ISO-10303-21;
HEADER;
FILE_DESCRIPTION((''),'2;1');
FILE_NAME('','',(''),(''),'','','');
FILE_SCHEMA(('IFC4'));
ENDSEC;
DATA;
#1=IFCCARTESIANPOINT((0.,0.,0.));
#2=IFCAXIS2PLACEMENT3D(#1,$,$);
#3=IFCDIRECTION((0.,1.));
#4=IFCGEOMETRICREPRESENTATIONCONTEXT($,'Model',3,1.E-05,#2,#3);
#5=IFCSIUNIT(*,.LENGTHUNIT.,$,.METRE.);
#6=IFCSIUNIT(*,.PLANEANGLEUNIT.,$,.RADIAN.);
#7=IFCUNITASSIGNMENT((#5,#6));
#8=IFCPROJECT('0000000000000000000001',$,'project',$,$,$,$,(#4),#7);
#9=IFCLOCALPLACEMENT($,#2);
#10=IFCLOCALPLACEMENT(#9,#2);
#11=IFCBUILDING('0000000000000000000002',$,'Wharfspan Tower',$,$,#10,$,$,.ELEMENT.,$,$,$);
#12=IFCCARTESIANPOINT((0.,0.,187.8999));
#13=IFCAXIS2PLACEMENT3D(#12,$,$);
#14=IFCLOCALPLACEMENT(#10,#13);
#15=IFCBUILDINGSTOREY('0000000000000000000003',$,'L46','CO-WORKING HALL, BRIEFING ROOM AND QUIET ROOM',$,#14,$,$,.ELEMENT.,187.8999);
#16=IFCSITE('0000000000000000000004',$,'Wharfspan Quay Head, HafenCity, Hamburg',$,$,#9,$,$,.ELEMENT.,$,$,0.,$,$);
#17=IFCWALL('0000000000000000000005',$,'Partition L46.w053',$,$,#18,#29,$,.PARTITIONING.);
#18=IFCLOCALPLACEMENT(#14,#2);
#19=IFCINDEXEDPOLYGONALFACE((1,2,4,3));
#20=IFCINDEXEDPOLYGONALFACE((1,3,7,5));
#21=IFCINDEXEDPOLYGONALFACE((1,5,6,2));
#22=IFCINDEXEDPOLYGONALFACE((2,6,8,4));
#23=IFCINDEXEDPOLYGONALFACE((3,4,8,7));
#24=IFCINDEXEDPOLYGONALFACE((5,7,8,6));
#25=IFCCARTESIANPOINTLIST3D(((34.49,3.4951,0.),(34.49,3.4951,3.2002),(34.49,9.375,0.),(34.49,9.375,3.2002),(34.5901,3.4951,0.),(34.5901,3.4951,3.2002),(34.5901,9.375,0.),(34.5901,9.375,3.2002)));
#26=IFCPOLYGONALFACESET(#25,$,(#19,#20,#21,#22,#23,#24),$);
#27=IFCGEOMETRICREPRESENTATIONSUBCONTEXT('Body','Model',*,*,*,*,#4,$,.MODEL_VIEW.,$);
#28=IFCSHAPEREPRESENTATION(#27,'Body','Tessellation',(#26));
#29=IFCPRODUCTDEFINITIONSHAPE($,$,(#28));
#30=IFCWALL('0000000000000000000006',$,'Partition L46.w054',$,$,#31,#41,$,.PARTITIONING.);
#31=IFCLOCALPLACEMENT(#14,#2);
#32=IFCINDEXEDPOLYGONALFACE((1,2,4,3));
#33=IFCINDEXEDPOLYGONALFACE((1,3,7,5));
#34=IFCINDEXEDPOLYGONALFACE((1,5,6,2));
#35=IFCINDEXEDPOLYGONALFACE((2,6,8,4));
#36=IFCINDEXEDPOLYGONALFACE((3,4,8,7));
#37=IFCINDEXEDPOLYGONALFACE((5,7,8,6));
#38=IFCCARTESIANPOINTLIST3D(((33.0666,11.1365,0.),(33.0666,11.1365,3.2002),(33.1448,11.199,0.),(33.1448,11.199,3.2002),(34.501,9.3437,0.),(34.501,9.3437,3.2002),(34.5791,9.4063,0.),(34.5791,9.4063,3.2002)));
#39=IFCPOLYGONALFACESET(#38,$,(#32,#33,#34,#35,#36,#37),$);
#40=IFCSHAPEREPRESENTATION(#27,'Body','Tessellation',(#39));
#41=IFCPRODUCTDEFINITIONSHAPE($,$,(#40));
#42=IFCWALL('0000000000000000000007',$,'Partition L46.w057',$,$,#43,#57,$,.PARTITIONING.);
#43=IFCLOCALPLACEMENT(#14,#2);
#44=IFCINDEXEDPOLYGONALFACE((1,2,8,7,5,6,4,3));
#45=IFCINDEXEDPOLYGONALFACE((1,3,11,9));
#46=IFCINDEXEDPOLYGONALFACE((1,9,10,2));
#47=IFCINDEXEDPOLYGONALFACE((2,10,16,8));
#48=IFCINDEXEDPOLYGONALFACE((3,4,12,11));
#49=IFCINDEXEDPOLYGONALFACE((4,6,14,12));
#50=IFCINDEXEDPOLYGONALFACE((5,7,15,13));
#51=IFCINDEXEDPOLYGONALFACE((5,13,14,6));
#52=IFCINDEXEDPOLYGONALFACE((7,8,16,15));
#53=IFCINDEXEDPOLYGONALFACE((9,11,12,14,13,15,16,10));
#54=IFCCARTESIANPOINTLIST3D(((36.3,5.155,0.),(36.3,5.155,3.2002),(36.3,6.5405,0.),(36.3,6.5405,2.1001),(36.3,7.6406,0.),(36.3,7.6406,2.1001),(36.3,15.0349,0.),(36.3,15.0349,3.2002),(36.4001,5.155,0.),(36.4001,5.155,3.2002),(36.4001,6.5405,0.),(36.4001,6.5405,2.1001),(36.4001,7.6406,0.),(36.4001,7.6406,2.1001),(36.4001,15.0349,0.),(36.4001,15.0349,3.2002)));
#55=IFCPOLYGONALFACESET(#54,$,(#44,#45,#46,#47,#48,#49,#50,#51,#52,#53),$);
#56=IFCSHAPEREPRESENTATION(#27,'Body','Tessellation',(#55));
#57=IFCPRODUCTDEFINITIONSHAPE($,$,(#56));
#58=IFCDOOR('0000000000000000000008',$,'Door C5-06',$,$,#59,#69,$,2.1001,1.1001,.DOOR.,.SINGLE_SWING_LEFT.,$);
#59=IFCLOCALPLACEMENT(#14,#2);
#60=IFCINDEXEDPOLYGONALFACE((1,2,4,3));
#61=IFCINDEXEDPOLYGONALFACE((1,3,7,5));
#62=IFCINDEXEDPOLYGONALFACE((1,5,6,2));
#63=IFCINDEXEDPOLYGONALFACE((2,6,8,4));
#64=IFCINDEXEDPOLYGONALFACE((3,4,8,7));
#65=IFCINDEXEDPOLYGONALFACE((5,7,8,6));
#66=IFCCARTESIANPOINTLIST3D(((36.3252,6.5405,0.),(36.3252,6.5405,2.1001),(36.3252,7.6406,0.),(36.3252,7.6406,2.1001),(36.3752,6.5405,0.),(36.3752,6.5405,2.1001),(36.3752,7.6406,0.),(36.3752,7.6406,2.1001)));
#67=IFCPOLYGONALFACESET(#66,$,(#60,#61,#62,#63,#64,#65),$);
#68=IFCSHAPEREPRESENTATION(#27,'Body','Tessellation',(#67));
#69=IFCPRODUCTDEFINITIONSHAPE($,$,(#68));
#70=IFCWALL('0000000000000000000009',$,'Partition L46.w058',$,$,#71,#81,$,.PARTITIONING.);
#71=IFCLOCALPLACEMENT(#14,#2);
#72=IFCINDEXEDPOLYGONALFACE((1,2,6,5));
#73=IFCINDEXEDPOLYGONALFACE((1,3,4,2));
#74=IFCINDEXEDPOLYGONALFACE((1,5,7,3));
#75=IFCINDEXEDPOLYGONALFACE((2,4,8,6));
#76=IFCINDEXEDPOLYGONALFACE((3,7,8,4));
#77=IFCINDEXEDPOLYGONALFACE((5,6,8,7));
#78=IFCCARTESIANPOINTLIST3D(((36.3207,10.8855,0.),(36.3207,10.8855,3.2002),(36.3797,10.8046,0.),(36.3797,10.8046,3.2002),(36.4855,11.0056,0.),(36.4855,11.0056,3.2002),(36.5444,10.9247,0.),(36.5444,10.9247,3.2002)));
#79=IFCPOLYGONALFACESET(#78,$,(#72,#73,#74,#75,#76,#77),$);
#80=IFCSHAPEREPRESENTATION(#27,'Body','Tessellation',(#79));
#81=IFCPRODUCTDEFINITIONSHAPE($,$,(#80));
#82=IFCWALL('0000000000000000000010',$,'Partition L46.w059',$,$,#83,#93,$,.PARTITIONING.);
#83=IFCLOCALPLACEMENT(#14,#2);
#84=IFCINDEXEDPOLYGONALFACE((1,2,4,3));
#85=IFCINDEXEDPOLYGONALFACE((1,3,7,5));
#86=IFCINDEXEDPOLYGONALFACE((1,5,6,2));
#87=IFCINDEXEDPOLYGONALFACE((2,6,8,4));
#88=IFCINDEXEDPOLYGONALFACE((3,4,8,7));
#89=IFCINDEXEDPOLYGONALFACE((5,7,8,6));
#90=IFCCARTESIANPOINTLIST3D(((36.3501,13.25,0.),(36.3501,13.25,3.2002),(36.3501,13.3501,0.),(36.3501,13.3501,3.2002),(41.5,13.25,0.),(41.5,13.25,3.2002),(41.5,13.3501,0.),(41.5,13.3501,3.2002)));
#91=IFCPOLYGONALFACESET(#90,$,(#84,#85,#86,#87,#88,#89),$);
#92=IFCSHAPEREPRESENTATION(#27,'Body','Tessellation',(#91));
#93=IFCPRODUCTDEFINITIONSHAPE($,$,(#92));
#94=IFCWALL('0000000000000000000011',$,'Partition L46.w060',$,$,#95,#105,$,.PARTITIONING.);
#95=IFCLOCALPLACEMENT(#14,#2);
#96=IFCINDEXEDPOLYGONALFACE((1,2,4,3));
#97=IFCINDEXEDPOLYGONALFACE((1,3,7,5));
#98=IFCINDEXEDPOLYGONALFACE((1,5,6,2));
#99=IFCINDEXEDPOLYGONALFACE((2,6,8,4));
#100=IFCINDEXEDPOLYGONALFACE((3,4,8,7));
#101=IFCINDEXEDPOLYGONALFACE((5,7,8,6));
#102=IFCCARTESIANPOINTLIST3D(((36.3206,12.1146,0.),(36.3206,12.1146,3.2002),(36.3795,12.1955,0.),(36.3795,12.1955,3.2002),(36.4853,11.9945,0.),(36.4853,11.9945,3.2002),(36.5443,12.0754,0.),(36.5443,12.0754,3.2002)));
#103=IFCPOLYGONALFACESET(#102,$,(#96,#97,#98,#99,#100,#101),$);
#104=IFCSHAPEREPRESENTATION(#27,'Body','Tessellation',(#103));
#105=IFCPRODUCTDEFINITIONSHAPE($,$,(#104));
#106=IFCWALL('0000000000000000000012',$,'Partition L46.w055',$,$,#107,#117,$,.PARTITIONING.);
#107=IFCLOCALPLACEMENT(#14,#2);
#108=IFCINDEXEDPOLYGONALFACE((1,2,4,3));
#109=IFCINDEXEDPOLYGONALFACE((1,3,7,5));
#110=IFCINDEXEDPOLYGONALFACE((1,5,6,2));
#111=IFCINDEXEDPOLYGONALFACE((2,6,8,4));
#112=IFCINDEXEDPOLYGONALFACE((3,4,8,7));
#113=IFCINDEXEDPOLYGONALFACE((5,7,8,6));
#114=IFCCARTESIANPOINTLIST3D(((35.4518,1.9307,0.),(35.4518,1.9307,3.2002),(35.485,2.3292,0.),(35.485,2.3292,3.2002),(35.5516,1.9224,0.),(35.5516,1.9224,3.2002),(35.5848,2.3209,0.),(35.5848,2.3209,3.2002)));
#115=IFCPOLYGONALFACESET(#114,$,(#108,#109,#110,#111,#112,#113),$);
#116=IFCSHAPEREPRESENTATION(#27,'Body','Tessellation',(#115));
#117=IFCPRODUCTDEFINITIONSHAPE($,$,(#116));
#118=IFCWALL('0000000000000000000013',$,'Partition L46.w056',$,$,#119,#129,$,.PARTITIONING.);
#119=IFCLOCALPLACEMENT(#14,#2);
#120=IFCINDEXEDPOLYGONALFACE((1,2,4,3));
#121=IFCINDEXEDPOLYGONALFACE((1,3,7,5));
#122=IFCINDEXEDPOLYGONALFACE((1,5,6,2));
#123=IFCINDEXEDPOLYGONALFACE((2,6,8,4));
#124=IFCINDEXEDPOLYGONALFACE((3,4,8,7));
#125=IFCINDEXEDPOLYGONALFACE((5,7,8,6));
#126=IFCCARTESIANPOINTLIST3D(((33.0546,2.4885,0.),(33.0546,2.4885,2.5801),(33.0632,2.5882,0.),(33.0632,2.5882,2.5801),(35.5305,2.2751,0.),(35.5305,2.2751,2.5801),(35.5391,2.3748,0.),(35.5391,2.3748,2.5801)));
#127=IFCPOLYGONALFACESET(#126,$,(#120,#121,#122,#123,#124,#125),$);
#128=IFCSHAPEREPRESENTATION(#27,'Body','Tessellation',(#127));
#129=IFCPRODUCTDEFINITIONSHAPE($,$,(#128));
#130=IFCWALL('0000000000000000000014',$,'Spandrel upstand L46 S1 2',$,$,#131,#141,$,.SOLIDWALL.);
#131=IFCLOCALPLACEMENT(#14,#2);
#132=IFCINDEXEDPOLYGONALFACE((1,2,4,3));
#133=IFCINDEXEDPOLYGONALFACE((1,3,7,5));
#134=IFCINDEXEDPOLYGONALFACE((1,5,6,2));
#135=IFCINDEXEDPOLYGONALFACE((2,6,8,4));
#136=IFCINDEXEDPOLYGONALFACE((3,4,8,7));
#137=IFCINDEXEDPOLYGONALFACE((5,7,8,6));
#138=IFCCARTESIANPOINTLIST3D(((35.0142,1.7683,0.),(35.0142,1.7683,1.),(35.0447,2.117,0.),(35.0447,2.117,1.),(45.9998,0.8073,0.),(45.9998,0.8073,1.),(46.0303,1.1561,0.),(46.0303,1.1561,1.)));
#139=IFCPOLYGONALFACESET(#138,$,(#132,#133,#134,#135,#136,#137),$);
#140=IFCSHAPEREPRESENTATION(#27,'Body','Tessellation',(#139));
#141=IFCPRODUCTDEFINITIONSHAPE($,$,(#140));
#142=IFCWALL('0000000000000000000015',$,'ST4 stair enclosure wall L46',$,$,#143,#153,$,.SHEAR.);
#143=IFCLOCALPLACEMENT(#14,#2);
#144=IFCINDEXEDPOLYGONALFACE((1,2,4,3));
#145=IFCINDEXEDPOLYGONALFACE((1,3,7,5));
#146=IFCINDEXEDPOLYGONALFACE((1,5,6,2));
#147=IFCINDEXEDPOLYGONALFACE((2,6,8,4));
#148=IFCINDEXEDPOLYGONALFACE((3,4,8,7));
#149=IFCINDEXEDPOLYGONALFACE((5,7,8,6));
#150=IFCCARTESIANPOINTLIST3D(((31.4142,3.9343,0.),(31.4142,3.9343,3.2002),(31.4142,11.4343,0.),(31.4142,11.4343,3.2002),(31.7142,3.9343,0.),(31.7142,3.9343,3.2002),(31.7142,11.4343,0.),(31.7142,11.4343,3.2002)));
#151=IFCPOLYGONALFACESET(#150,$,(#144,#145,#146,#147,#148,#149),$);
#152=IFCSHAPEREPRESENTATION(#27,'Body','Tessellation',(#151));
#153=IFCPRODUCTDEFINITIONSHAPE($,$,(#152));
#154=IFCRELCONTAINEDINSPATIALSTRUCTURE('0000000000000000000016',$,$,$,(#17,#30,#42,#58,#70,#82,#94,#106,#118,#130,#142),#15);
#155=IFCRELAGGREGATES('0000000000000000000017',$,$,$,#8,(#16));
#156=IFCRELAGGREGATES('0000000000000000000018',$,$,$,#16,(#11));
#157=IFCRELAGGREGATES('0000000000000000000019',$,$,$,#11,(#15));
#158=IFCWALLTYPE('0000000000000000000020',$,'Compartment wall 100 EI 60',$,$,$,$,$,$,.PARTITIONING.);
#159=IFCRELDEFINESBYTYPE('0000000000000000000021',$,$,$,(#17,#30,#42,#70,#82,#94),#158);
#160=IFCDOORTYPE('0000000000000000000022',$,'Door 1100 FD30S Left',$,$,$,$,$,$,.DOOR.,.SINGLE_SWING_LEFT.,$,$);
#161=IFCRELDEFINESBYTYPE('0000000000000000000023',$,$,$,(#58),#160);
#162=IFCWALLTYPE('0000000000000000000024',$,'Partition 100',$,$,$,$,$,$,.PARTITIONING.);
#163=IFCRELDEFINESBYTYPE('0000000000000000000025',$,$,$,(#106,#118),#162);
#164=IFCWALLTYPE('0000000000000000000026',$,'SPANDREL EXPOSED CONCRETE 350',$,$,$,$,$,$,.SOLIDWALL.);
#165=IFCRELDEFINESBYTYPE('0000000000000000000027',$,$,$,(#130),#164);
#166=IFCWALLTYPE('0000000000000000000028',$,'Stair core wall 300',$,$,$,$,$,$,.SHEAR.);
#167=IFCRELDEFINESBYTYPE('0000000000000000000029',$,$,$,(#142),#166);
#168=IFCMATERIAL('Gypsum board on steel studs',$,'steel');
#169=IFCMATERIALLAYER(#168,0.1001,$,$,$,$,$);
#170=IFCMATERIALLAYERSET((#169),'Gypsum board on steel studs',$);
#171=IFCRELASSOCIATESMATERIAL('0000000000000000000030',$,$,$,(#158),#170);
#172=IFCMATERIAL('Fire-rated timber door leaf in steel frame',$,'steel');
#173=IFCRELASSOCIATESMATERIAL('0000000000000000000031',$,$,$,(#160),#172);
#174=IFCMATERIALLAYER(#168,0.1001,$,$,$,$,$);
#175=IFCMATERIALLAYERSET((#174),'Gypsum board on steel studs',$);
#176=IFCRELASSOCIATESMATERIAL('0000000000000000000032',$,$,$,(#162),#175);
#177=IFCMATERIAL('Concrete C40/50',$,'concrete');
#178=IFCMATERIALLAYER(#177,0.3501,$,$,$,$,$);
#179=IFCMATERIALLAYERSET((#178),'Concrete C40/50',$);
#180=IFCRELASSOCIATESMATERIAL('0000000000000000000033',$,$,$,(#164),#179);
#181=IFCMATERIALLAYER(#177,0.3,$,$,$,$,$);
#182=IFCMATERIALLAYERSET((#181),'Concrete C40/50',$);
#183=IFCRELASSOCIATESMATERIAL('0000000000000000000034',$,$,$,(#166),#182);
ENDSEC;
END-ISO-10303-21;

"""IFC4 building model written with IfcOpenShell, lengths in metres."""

from ifc_helpers import new_model, si_unit, direction, frame, frame_2d, origin, place, context, subcontext, project, spatial, rectangle, extrude, material, layer, layer_set, type_object, element, fill, save


model = new_model("IFC4")

# Units and contexts
model_context = context("Model", 3, precision=1e-05, world=origin(), true_north=direction((0.0, 1.0)))
body_context = subcontext(model_context, "Body", "Model", "MODEL_VIEW")
ifc_project = project(units=[si_unit("LENGTHUNIT", "METRE"), si_unit("PLANEANGLEUNIT", "RADIAN")], contexts=[model_context])

# Site, building, storey
site_placement = place(None, origin())
site = spatial("IfcSite", under=ifc_project, at=site_placement, Name="Wharfspan Quay Head, HafenCity, Hamburg", CompositionType="ELEMENT", RefElevation=0.0)
building_placement = place(site_placement, origin())
building = spatial("IfcBuilding", under=site, at=building_placement, Name="Wharfspan Tower", CompositionType="ELEMENT")
storey_placement = place(building_placement, frame((0.0, 0.0, 187.8999)))
storey = spatial("IfcBuildingStorey", under=building, at=storey_placement, Name="L46", Description="CO-WORKING HALL, BRIEFING ROOM AND QUIET ROOM", CompositionType="ELEMENT", Elevation=187.8999)

# Walls
ifc_material_1 = material(Name="Gypsum board on steel studs", Category="steel")
ifc_layer_1 = layer(ifc_material_1, 0.1001)
ifc_layer_set_1 = layer_set([ifc_layer_1], Name="Gypsum board on steel studs")
wall_type_1 = type_object("IfcWallType", Name="Compartment wall 100 EI 60", PredefinedType="PARTITIONING", material=ifc_layer_set_1)
wall_1_placement = place(storey_placement, frame((34.54, 3.4951, 0.0), z_axis=(0.0, 0.0, 1.0), x_axis=(0.0, 1.0, 0.0)))
element("IfcWall", 1, at=wall_1_placement, inside=storey, type_object=wall_type_1, Name="Partition L46.w053", PredefinedType="PARTITIONING", context=body_context, shape_type="SweptSolid", body=[
    extrude(rectangle(XDim=5.8799, YDim=0.1001, at=frame_2d((2.9399, 0.0))), origin(), (0.0, 0.0, 1.0), 3.2002),
])
wall_2_placement = place(storey_placement, frame((34.54, 9.375, 0.0), z_axis=(0.0, 0.0, 1.0), x_axis=(-0.624735, 0.780839, 0.0)))
element("IfcWall", 2, at=wall_2_placement, inside=storey, type_object=wall_type_1, Name="Partition L46.w054", PredefinedType="PARTITIONING", context=body_context, shape_type="SweptSolid", body=[
    extrude(rectangle(XDim=2.2959, YDim=0.1001, at=frame_2d((1.1479, 0.0))), origin(), (0.0, 0.0, 1.0), 3.2002),
])

# Wall, opening, door
wall_3_placement = place(storey_placement, frame((36.3501, 5.155, 0.0), z_axis=(0.0, 0.0, 1.0), x_axis=(0.0, 1.0, 0.0)))
wall_3 = element("IfcWall", 3, at=wall_3_placement, inside=storey, type_object=wall_type_1, Name="Partition L46.w057", PredefinedType="PARTITIONING", context=body_context, shape_type="SweptSolid", body=[
    extrude(rectangle(XDim=9.8799, YDim=0.1001, at=frame_2d((4.9399, 0.0))), origin(), (0.0, 0.0, 1.0), 3.2002),
])
opening_placement = place(wall_3_placement, frame((1.3855, 0.0, 0.0)))
opening = element("IfcOpeningElement", 4, at=opening_placement, cuts=wall_3, PredefinedType="OPENING", context=body_context, shape_type="SweptSolid", body=[
    extrude(rectangle(XDim=1.1001, YDim=2.1001, at=frame_2d((0.55, 1.05))), frame((0.0, 0.0601, 0.0), z_axis=(0.0, -1.0, 0.0), x_axis=(1.0, 0.0, 0.0)), (0.0, 0.0, 1.0), 0.1201),
])
ifc_material_2 = material(Name="Fire-rated timber door leaf in steel frame", Category="steel")
door_type = type_object("IfcDoorType", Name="Door 1100 FD30S Left", OperationType="SINGLE_SWING_LEFT", PredefinedType="DOOR", material=ifc_material_2)
door_placement = place(opening_placement, origin())
door = element("IfcDoor", 5, at=door_placement, inside=storey, type_object=door_type, Name="Door C5-06", OperationType="SINGLE_SWING_LEFT", OverallHeight=2.1001, OverallWidth=1.1001, PredefinedType="DOOR", context=body_context, shape_type="SweptSolid", body=[
    extrude(rectangle(XDim=1.1001, YDim=2.1001, at=frame_2d((0.55, 1.05))), frame((0.0, 0.0249, 0.0), z_axis=(0.0, -1.0, 0.0), x_axis=(1.0, 0.0, 0.0)), (0.0, 0.0, 1.0), 0.05),
])
fill(opening, door)

# Walls
wall_4_placement = place(storey_placement, frame((36.3501, 10.845, 0.0), z_axis=(0.0, 0.0, 1.0), x_axis=(0.808115, 0.589026, 0.0)))
element("IfcWall", 6, at=wall_4_placement, inside=storey, type_object=wall_type_1, Name="Partition L46.w058", PredefinedType="PARTITIONING", context=body_context, shape_type="SweptSolid", body=[
    extrude(rectangle(XDim=0.2039, YDim=0.1001, at=frame_2d((0.1021, 0.0))), origin(), (0.0, 0.0, 1.0), 3.2002),
])
wall_5_placement = place(storey_placement, frame((36.3501, 13.3, 0.0), z_axis=(0.0, 0.0, 1.0), x_axis=(1.0, 0.0, 0.0)))
element("IfcWall", 7, at=wall_5_placement, inside=storey, type_object=wall_type_1, Name="Partition L46.w059", PredefinedType="PARTITIONING", context=body_context, shape_type="SweptSolid", body=[
    extrude(rectangle(XDim=5.1499, YDim=0.1001, at=frame_2d((2.575, 0.0))), origin(), (0.0, 0.0, 1.0), 3.2002),
])
wall_6_placement = place(storey_placement, frame((36.5149, 12.0349, 0.0), z_axis=(0.0, 0.0, 1.0), x_axis=(-0.808115, 0.589026, 0.0)))
element("IfcWall", 8, at=wall_6_placement, inside=storey, type_object=wall_type_1, Name="Partition L46.w060", PredefinedType="PARTITIONING", context=body_context, shape_type="SweptSolid", body=[
    extrude(rectangle(XDim=0.2039, YDim=0.1001, at=frame_2d((0.1021, 0.0))), origin(), (0.0, 0.0, 1.0), 3.2002),
])
ifc_layer_2 = layer(ifc_material_1, 0.1001)
ifc_layer_set_2 = layer_set([ifc_layer_2], Name="Gypsum board on steel studs")
wall_type_2 = type_object("IfcWallType", Name="Partition 100", PredefinedType="PARTITIONING", material=ifc_layer_set_2)
wall_7_placement = place(storey_placement, frame((35.5017, 1.9265, 0.0), z_axis=(0.0, 0.0, 1.0), x_axis=(0.083045, 0.996542, 0.0)))
element("IfcWall", 9, at=wall_7_placement, inside=storey, type_object=wall_type_2, Name="Partition L46.w055", PredefinedType="PARTITIONING", context=body_context, shape_type="SweptSolid", body=[
    extrude(rectangle(XDim=0.3999, YDim=0.1001, at=frame_2d((0.2, 0.0))), origin(), (0.0, 0.0, 1.0), 3.2002),
])
wall_8_placement = place(storey_placement, frame((35.5349, 2.325, 0.0), z_axis=(0.0, 0.0, 1.0), x_axis=(-0.996311, 0.085867, 0.0)))
element("IfcWall", 10, at=wall_8_placement, inside=storey, type_object=wall_type_2, Name="Partition L46.w056", PredefinedType="PARTITIONING", context=body_context, shape_type="SweptSolid", body=[
    extrude(rectangle(XDim=2.4851, YDim=0.1001, at=frame_2d((1.2427, 0.0))), origin(), (0.0, 0.0, 1.0), 2.5801),
])
ifc_material_3 = material(Name="Concrete C40/50", Category="concrete")
ifc_layer_3 = layer(ifc_material_3, 0.3501)
ifc_layer_set_3 = layer_set([ifc_layer_3], Name="Concrete C40/50")
wall_type_3 = type_object("IfcWallType", Name="SPANDREL EXPOSED CONCRETE 350", PredefinedType="SOLIDWALL", material=ifc_layer_set_3)
wall_9_placement = place(storey_placement, frame((35.0295, 1.9426, 0.0), z_axis=(0.0, 0.0, 1.0), x_axis=(0.996199, -0.08714, 0.0)))
element("IfcWall", 11, at=wall_9_placement, inside=storey, type_object=wall_type_3, Name="Spandrel upstand L46 S1 2", PredefinedType="SOLIDWALL", context=body_context, shape_type="SweptSolid", body=[
    extrude(rectangle(XDim=11.0276, YDim=0.3501, at=frame_2d((5.5137, 0.0))), origin(), (0.0, 0.0, 1.0), 1.0),
])
ifc_layer_4 = layer(ifc_material_3, 0.3)
ifc_layer_set_4 = layer_set([ifc_layer_4], Name="Concrete C40/50")
wall_type_4 = type_object("IfcWallType", Name="Stair core wall 300", PredefinedType="SHEAR", material=ifc_layer_set_4)
wall_10_placement = place(storey_placement, frame((31.5642, 3.9343, 0.0), z_axis=(0.0, 0.0, 1.0), x_axis=(0.0, 1.0, 0.0)))
element("IfcWall", 12, at=wall_10_placement, inside=storey, type_object=wall_type_4, Name="ST4 stair enclosure wall L46", PredefinedType="SHEAR", context=body_context, shape_type="SweptSolid", body=[
    extrude(rectangle(XDim=7.5, YDim=0.3, at=frame_2d((3.75, 0.0))), origin(), (0.0, 0.0, 1.0), 3.2002),
])

save(model, "model.ifc")
